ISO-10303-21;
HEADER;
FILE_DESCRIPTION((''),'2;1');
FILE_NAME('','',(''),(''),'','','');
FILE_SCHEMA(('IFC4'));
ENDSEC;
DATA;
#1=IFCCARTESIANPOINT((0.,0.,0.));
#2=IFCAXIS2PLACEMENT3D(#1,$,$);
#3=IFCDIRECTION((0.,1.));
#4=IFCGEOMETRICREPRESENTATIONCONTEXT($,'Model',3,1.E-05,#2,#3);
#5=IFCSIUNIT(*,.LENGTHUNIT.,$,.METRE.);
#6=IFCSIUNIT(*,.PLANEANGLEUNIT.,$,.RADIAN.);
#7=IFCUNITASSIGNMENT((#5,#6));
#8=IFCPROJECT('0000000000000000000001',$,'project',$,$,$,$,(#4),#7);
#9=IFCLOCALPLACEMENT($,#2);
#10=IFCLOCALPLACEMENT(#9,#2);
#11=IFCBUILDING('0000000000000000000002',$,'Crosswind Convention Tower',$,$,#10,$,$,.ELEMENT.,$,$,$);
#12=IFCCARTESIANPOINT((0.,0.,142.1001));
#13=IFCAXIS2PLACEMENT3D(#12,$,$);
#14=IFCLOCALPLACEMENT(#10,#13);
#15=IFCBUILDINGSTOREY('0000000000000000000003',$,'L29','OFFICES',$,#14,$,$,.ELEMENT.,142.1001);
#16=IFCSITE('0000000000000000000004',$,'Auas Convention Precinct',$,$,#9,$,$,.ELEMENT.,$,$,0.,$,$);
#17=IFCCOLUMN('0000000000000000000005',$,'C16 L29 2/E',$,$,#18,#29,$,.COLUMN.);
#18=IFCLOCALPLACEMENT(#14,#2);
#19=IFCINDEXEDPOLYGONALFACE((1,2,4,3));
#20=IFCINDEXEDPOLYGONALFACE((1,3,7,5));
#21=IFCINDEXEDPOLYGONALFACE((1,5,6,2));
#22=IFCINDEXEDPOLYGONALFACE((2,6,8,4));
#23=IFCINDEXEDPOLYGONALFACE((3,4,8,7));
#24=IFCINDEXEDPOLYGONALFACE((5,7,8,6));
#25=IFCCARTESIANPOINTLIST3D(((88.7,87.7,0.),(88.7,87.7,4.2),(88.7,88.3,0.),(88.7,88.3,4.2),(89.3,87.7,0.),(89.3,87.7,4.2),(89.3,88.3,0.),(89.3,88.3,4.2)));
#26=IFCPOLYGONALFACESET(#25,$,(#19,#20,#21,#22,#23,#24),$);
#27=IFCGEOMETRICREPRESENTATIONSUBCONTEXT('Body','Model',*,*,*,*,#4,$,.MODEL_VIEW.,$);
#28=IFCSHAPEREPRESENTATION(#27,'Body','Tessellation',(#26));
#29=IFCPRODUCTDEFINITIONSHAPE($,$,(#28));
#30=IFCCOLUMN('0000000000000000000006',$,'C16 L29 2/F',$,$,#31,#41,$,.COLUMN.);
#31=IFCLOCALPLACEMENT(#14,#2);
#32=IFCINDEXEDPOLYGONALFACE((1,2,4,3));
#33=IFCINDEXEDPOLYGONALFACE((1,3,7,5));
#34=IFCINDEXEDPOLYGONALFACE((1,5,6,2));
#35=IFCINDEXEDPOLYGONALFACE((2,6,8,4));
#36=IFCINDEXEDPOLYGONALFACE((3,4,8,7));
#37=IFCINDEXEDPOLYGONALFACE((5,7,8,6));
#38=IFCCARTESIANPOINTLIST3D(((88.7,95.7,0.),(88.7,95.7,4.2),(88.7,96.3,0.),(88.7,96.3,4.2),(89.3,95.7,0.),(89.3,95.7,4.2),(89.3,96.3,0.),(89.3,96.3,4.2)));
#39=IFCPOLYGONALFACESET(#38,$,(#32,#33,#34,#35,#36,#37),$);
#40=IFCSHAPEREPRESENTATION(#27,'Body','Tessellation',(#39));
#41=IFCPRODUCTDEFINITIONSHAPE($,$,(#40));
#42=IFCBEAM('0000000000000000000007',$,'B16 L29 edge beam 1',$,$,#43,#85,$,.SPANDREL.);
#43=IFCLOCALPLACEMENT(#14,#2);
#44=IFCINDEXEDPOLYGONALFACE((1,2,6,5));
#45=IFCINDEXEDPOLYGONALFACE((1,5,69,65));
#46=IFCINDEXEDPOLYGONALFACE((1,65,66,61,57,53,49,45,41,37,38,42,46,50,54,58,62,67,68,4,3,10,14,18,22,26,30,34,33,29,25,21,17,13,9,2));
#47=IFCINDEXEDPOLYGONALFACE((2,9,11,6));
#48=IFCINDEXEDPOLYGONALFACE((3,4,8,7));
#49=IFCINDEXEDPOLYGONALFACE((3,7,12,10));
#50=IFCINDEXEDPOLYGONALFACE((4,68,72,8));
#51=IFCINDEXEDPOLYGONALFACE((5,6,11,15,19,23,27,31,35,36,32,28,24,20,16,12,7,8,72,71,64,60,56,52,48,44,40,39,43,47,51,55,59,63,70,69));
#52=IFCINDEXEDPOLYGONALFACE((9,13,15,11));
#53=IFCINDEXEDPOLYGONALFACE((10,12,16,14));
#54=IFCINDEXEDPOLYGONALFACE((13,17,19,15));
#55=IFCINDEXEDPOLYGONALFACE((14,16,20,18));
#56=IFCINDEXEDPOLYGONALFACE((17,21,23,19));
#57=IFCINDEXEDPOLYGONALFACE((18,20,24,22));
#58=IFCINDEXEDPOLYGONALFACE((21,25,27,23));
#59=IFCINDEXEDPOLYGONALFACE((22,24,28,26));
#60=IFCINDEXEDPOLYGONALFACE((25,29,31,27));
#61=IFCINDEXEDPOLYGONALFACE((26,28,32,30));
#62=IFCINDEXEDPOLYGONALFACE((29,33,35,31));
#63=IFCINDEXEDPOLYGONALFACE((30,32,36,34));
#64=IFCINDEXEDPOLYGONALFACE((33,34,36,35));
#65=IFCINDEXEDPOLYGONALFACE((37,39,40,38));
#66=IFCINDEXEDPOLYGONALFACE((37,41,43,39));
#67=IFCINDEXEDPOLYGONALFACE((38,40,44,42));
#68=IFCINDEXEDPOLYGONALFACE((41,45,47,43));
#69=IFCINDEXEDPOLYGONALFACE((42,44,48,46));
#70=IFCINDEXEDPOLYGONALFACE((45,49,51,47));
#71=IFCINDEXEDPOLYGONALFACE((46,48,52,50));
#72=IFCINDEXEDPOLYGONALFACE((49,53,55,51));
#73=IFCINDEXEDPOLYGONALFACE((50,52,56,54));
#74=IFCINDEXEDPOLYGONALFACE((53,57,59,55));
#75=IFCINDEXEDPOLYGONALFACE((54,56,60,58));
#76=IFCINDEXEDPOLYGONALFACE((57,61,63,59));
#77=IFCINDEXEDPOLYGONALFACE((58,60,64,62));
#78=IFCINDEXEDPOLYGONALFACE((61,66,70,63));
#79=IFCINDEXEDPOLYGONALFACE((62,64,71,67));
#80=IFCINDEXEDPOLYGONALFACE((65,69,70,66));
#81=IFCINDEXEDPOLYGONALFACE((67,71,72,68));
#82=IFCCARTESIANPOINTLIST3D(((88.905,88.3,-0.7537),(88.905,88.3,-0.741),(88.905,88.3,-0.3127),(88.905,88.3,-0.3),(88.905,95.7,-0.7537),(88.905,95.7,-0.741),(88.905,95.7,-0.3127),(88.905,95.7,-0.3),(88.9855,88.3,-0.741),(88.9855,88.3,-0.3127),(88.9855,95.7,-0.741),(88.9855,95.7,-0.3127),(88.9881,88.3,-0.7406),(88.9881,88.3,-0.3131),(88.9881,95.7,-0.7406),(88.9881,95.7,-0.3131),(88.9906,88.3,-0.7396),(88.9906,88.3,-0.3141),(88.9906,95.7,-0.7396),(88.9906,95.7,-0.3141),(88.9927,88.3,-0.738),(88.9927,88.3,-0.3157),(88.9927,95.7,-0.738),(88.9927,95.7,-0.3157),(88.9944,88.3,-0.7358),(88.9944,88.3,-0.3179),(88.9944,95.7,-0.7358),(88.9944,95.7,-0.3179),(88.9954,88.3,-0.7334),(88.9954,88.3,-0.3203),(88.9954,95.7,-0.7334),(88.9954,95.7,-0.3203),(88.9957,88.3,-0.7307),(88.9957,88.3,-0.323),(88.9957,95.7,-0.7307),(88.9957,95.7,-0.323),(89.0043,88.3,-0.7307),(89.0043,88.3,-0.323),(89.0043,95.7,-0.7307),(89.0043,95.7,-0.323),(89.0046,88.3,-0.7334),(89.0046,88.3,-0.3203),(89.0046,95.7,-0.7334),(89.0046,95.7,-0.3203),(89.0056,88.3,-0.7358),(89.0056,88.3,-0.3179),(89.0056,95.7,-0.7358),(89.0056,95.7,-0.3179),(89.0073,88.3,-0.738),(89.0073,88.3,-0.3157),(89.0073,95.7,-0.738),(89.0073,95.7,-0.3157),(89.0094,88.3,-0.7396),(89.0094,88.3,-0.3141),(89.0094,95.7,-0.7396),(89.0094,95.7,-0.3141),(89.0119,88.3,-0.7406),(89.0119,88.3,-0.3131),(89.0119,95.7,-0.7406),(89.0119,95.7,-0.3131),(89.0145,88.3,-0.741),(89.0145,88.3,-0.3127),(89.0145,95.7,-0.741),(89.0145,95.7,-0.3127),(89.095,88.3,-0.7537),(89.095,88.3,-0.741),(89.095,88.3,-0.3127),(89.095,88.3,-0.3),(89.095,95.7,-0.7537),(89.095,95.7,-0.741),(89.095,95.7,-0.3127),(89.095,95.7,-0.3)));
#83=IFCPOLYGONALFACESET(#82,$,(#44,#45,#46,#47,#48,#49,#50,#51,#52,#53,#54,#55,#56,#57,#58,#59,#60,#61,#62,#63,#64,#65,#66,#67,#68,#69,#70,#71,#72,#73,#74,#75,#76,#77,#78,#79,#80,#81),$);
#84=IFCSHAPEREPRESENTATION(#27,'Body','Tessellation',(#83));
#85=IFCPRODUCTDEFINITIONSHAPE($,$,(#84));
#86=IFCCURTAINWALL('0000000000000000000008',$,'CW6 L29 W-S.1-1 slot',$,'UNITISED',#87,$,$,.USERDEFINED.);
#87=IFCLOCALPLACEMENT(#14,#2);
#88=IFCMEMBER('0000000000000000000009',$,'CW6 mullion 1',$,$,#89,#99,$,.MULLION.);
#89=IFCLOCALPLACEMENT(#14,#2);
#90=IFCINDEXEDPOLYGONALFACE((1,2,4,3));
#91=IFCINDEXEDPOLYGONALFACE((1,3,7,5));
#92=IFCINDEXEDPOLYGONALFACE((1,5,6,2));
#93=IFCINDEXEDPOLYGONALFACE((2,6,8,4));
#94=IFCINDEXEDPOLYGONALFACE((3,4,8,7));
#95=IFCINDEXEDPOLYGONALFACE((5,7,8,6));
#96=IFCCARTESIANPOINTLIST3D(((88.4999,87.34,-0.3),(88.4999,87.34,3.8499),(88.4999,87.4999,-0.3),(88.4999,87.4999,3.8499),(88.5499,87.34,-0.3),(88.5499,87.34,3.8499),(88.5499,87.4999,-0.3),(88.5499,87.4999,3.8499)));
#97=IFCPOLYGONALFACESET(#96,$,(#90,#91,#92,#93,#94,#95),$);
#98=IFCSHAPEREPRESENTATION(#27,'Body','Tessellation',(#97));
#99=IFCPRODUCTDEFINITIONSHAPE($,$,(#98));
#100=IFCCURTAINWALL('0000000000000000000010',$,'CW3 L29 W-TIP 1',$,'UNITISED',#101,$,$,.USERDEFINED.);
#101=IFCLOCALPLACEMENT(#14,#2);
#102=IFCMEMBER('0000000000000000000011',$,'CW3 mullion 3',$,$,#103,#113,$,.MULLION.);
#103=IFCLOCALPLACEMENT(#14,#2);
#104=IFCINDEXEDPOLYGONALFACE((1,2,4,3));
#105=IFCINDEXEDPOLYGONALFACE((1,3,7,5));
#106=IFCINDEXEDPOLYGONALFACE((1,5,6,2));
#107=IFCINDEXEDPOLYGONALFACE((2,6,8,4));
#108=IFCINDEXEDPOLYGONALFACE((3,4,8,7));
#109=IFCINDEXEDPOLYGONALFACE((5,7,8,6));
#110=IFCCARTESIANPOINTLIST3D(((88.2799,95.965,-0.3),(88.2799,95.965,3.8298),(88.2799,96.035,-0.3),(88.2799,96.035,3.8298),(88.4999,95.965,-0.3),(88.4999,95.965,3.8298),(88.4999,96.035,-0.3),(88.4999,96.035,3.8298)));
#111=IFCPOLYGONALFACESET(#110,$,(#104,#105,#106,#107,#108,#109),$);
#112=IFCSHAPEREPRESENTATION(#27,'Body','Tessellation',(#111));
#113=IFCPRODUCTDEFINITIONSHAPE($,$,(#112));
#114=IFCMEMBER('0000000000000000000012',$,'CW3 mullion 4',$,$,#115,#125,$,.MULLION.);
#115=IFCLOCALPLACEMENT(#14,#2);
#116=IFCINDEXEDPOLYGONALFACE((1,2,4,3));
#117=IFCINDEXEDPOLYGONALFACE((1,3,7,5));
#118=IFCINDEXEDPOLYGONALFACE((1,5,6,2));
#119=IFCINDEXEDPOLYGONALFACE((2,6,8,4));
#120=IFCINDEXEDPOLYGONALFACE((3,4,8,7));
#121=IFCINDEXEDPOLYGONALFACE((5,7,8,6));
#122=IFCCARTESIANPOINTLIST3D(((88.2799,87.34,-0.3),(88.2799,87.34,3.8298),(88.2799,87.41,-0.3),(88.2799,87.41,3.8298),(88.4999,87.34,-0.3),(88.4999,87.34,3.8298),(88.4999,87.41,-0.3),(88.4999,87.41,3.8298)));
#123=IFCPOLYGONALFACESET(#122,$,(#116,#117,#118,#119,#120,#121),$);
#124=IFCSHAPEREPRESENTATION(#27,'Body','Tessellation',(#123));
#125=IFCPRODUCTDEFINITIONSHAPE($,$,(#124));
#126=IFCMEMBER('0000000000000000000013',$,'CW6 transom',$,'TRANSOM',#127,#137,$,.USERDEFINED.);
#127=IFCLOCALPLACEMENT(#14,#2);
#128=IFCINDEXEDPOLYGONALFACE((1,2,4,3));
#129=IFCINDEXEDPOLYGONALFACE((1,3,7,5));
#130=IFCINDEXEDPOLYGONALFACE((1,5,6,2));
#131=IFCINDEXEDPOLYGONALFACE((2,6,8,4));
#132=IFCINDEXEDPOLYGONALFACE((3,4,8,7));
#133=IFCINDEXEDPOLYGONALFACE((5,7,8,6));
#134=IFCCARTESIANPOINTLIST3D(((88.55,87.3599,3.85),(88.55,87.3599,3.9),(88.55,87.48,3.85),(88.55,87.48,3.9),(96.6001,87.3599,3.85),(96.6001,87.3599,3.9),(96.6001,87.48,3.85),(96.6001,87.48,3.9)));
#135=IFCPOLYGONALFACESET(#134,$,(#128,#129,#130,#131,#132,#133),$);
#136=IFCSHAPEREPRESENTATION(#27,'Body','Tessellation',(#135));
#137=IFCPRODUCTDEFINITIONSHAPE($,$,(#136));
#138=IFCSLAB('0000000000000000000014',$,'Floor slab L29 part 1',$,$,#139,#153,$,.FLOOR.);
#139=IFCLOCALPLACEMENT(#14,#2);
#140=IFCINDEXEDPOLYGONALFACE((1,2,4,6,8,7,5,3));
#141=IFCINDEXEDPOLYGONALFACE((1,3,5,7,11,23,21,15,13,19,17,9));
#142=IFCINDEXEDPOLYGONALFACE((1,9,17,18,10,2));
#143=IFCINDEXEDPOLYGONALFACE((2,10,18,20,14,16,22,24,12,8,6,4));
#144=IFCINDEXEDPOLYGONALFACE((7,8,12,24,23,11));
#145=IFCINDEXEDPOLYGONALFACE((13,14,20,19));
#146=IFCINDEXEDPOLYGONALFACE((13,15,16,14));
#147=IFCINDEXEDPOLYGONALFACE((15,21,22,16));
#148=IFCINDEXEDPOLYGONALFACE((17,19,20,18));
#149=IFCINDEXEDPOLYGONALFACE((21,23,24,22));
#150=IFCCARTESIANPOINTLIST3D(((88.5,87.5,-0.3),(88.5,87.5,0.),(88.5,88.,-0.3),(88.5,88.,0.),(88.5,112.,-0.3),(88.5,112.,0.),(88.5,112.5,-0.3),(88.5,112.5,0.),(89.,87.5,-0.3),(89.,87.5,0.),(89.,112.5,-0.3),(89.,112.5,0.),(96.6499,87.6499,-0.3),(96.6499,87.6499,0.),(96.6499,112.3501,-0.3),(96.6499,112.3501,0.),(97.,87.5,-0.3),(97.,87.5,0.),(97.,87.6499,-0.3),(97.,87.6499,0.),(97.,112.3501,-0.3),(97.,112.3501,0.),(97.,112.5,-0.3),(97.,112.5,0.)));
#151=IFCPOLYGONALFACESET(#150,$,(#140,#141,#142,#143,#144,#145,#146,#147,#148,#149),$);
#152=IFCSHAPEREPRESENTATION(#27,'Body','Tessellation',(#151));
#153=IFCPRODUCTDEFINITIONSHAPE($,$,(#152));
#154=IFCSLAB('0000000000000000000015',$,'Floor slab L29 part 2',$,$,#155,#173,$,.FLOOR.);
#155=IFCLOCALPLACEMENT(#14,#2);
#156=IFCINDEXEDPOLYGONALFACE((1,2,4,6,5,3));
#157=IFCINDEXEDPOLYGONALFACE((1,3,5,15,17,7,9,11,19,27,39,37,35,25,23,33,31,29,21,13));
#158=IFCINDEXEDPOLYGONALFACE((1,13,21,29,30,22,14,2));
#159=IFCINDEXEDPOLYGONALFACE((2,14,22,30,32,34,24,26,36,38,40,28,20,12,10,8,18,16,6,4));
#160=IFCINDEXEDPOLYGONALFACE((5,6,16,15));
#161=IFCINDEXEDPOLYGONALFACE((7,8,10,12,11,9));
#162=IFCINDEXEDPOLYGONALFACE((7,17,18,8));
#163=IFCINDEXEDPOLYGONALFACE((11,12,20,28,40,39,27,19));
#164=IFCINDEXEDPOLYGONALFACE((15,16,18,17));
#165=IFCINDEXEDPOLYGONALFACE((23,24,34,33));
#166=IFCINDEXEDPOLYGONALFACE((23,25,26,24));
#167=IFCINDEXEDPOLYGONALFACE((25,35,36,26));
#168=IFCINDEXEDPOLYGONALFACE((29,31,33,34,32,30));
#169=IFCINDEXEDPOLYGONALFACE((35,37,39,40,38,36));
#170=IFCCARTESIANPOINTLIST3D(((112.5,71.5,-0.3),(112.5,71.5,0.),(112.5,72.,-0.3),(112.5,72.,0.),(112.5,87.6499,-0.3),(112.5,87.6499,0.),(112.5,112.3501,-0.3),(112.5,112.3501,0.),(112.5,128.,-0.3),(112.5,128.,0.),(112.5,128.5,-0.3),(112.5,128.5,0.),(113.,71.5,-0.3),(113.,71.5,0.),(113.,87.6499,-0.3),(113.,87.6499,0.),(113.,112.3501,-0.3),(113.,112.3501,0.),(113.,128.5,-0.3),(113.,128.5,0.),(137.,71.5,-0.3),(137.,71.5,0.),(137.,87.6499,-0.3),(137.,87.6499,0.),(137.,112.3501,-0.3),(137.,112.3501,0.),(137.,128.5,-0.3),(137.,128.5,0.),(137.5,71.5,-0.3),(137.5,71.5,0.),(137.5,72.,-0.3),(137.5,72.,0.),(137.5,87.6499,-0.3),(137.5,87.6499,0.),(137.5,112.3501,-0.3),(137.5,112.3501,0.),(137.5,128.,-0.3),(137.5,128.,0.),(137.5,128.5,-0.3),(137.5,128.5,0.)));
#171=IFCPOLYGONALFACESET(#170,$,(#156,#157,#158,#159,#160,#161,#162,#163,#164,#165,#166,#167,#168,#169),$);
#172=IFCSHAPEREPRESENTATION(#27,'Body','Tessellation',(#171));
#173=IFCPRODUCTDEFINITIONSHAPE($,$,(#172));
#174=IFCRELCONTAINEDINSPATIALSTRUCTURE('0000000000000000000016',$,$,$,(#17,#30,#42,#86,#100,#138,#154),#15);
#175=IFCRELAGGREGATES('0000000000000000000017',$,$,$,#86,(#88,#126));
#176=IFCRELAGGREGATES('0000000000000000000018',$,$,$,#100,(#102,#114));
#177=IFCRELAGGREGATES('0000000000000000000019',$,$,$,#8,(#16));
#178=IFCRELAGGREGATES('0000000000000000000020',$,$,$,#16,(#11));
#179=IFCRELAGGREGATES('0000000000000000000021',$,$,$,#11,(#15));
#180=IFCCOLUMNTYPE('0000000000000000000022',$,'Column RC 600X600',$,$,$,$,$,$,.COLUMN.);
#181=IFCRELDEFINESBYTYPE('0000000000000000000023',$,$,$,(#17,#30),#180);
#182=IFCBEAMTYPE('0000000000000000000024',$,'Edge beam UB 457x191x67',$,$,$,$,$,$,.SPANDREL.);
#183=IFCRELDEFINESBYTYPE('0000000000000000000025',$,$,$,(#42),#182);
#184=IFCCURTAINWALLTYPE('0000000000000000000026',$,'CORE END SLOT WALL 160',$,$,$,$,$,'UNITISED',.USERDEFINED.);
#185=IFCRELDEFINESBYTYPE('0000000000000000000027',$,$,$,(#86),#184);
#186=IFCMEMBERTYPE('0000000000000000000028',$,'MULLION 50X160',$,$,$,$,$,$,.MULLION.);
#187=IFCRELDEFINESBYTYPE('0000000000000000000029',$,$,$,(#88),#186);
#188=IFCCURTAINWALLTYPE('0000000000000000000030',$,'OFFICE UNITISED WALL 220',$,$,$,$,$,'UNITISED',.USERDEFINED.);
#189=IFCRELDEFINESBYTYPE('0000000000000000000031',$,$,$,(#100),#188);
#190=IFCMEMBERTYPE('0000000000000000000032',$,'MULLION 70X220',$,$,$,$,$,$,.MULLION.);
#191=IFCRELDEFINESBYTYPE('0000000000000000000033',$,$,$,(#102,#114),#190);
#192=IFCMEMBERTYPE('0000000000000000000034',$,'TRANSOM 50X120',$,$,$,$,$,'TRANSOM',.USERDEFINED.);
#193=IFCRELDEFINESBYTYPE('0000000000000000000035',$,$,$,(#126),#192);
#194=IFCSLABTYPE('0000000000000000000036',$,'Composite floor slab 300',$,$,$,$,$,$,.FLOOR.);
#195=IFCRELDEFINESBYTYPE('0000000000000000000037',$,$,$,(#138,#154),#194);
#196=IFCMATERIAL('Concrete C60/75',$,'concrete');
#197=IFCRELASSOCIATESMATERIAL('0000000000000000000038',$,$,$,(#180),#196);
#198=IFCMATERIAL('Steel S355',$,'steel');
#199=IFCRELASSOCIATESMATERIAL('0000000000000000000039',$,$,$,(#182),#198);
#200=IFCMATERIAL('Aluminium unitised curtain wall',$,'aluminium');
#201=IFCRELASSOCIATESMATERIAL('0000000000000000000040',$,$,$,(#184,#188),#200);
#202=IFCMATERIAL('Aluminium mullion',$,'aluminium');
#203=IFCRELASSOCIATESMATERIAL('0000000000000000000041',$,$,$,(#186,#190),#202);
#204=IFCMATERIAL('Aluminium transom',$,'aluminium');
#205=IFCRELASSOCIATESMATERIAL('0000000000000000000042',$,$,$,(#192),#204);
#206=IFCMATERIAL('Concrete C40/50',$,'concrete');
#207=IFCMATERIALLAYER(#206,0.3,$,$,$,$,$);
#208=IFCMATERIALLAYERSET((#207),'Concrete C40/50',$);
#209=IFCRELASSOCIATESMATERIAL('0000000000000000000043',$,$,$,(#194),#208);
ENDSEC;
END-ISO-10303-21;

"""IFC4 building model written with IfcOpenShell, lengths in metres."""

from ifc_helpers import new_model, si_unit, direction, frame, origin, origin_2d, place, context, subcontext, project, spatial, polyline, rectangle, i_section, outline, extrude, material, layer, layer_set, material_profile, profile_set, type_object, element, aggregate, save


model = new_model("IFC4")

# Units and contexts
model_context = context("Model", 3, precision=1e-05, world=origin(), true_north=direction((0.0, 1.0)))
body_context = subcontext(model_context, "Body", "Model", "MODEL_VIEW")
ifc_project = project(units=[si_unit("LENGTHUNIT", "METRE"), si_unit("PLANEANGLEUNIT", "RADIAN")], contexts=[model_context])

# Site, building, storey
site_placement = place(None, origin())
site = spatial("IfcSite", under=ifc_project, at=site_placement, Name="Auas Convention Precinct", CompositionType="ELEMENT", RefElevation=0.0)
building_placement = place(site_placement, origin())
building = spatial("IfcBuilding", under=site, at=building_placement, Name="Crosswind Convention Tower", CompositionType="ELEMENT")
storey_placement = place(building_placement, frame((0.0, 0.0, 142.1001)))
storey = spatial("IfcBuildingStorey", under=building, at=storey_placement, Name="L29", Description="OFFICES", CompositionType="ELEMENT", Elevation=142.1001)

# Columns
ifc_material_1 = material(Name="Concrete C60/75", Category="concrete")
ifc_material_profile_1 = material_profile(ifc_material_1, rectangle(XDim=0.6001, YDim=0.6001, at=origin_2d()), Name="RC 600X600")
ifc_profile_set_1 = profile_set([ifc_material_profile_1], Name="Concrete C60/75")
column_type = type_object("IfcColumnType", Name="Column RC 600X600", PredefinedType="COLUMN", material=ifc_profile_set_1)
for number, where, z_axis, x_axis, name in (
    (1, (89.0, 88.0, 0.0), (0.0, 0.0, 1.0), (1.0, 0.0, 0.0), "C16 L29 2/E"),
    (2, (89.0, 96.0, 0.0), (0.0, 0.0, 1.0), (1.0, 0.0, 0.0), "C16 L29 2/F"),
):
    element("IfcColumn", number, at=place(storey_placement, frame(where, z_axis=z_axis, x_axis=x_axis)), inside=storey, type_object=column_type, Name=name, PredefinedType="COLUMN", context=body_context, shape_type="SweptSolid", body=[
        extrude(rectangle(XDim=0.6001, YDim=0.6001, at=origin_2d()), origin(), (0.0, 0.0, 1.0), 4.2),
    ])

# Beam
ifc_material_2 = material(Name="Steel S355", Category="steel")
ifc_material_profile_2 = material_profile(ifc_material_2, i_section(OverallWidth=0.1899, OverallDepth=0.4536, WebThickness=0.0085, FlangeThickness=0.0127, FilletRadius=0.0103, at=origin_2d()), Name="UB 457x191x67")
ifc_profile_set_2 = profile_set([ifc_material_profile_2], Name="Steel S355")
beam_type = type_object("IfcBeamType", Name="Edge beam UB 457x191x67", PredefinedType="SPANDREL", material=ifc_profile_set_2)
beam_placement = place(storey_placement, frame((89.0, 88.3, -0.5269), z_axis=(0.0, 1.0, 0.0), x_axis=(-1.0, 0.0, 0.0)))
element("IfcBeam", 3, at=beam_placement, inside=storey, type_object=beam_type, Name="B16 L29 edge beam 1", PredefinedType="SPANDREL", context=body_context, shape_type="SweptSolid", body=[
    extrude(i_section(OverallWidth=0.1899, OverallDepth=0.4536, WebThickness=0.0085, FlangeThickness=0.0127, FilletRadius=0.0103, at=origin_2d()), origin(), (0.0, 0.0, 1.0), 7.3999),
])

# Curtain wall, member
ifc_material_3 = material(Name="Aluminium unitised curtain wall", Category="aluminium")
curtain_wall_type_1 = type_object("IfcCurtainWallType", Name="CORE END SLOT WALL 160", ElementType="UNITISED", PredefinedType="USERDEFINED", material=ifc_material_3)
curtain_wall_1_placement = place(storey_placement, origin())
curtain_wall_1 = element("IfcCurtainWall", 4, at=curtain_wall_1_placement, inside=storey, type_object=curtain_wall_type_1, Name="CW6 L29 W-S.1-1 slot", ObjectType="UNITISED", PredefinedType="USERDEFINED")
ifc_material_4 = material(Name="Aluminium mullion", Category="aluminium")
ifc_material_profile_3 = material_profile(ifc_material_4, rectangle(XDim=0.1599, YDim=0.05, at=origin_2d()), Name="AL 160X50")
ifc_profile_set_3 = profile_set([ifc_material_profile_3], Name="Aluminium mullion")
member_type_1 = type_object("IfcMemberType", Name="MULLION 50X160", PredefinedType="MULLION", material=ifc_profile_set_3)
member_1_placement = place(storey_placement, frame((88.5249, 87.4199, -0.3), z_axis=(0.0, 0.0, 1.0), x_axis=(0.0, -1.0, 0.0)))
member_1 = element("IfcMember", 5, at=member_1_placement, type_object=member_type_1, Name="CW6 mullion 1", PredefinedType="MULLION", context=body_context, shape_type="SweptSolid", body=[
    extrude(rectangle(XDim=0.1599, YDim=0.05, at=origin_2d()), origin(), (0.0, 0.0, 1.0), 4.1499),
])

# Curtain wall, members
curtain_wall_type_2 = type_object("IfcCurtainWallType", Name="OFFICE UNITISED WALL 220", ElementType="UNITISED", PredefinedType="USERDEFINED", material=ifc_material_3)
curtain_wall_2_placement = place(storey_placement, origin())
curtain_wall_2 = element("IfcCurtainWall", 6, at=curtain_wall_2_placement, inside=storey, type_object=curtain_wall_type_2, Name="CW3 L29 W-TIP 1", ObjectType="UNITISED", PredefinedType="USERDEFINED")
ifc_material_profile_4 = material_profile(ifc_material_4, rectangle(XDim=0.22, YDim=0.0701, at=origin_2d()), Name="AL 220X70")
ifc_profile_set_4 = profile_set([ifc_material_profile_4], Name="Aluminium mullion")
member_type_2 = type_object("IfcMemberType", Name="MULLION 70X220", PredefinedType="MULLION", material=ifc_profile_set_4)
member_2_placement = place(storey_placement, frame((88.3899, 96.0, -0.3), z_axis=(0.0, 0.0, 1.0), x_axis=(-1.0, 0.0, 0.0)))
member_2 = element("IfcMember", 7, at=member_2_placement, type_object=member_type_2, Name="CW3 mullion 3", PredefinedType="MULLION", context=body_context, shape_type="SweptSolid", body=[
    extrude(rectangle(XDim=0.22, YDim=0.0701, at=origin_2d()), origin(), (0.0, 0.0, 1.0), 4.1299),
])
member_3_placement = place(storey_placement, frame((88.3899, 87.375, -0.3), z_axis=(0.0, 0.0, 1.0), x_axis=(-1.0, 0.0, 0.0)))
member_3 = element("IfcMember", 8, at=member_3_placement, type_object=member_type_2, Name="CW3 mullion 4", PredefinedType="MULLION", context=body_context, shape_type="SweptSolid", body=[
    extrude(rectangle(XDim=0.22, YDim=0.0701, at=origin_2d()), origin(), (0.0, 0.0, 1.0), 4.1299),
])

# Member
ifc_material_5 = material(Name="Aluminium transom", Category="aluminium")
ifc_material_profile_5 = material_profile(ifc_material_5, rectangle(XDim=0.1201, YDim=0.05, at=origin_2d()), Name="AL 120X50")
ifc_profile_set_5 = profile_set([ifc_material_profile_5], Name="Aluminium transom")
member_type_3 = type_object("IfcMemberType", Name="TRANSOM 50X120", ElementType="TRANSOM", PredefinedType="USERDEFINED", material=ifc_profile_set_5)
member_4_placement = place(storey_placement, frame((88.55, 87.4199, 3.875), z_axis=(1.0, 0.0, 0.0), x_axis=(0.0, 1.0, 0.0)))
member_4 = element("IfcMember", 9, at=member_4_placement, type_object=member_type_3, Name="CW6 transom", ObjectType="TRANSOM", PredefinedType="USERDEFINED", context=body_context, shape_type="SweptSolid", body=[
    extrude(rectangle(XDim=0.1201, YDim=0.05, at=origin_2d()), origin(), (0.0, 0.0, 1.0), 8.05),
])

# Slabs
ifc_material_6 = material(Name="Concrete C40/50", Category="concrete")
ifc_layer_1 = layer(ifc_material_6, 0.3)
ifc_layer_set_1 = layer_set([ifc_layer_1], Name="Concrete C40/50")
slab_type_1 = type_object("IfcSlabType", Name="Composite floor slab 300", PredefinedType="FLOOR", material=ifc_layer_set_1)
slab_1_placement = place(storey_placement, frame((0.0, 0.0, -0.3)))
element("IfcSlab", 10, at=slab_1_placement, inside=storey, type_object=slab_type_1, Name="Floor slab L29 part 1", PredefinedType="FLOOR", context=body_context, shape_type="SweptSolid", body=[
    extrude(outline(polyline([(97.0, 87.5), (89.0, 87.5), (88.5, 87.5), (88.5, 88.0), (88.5, 112.0), (88.5, 112.5), (89.0, 112.5), (97.0, 112.5), (97.0, 112.3501), (96.6499, 112.3501), (96.6499, 87.6499), (97.0, 87.6499), (97.0, 87.5)])), origin(), (0.0, 0.0, 1.0), 0.3),
])
slab_2_placement = place(storey_placement, frame((0.0, 0.0, -0.3)))
element("IfcSlab", 11, at=slab_2_placement, inside=storey, type_object=slab_type_1, Name="Floor slab L29 part 2", PredefinedType="FLOOR", context=body_context, shape_type="SweptSolid", body=[
    extrude(outline(polyline([(112.5, 87.6499), (113.0, 87.6499), (113.0, 112.3501), (112.5, 112.3501), (112.5, 128.0), (112.5, 128.5), (113.0, 128.5), (137.0, 128.5), (137.5, 128.5), (137.5, 128.0), (137.5, 112.3501), (137.0, 112.3501), (137.0, 87.6499), (137.5, 87.6499), (137.5, 72.0), (137.5, 71.5), (137.0, 71.5), (113.0, 71.5), (112.5, 71.5), (112.5, 72.0), (112.5, 87.6499)])), origin(), (0.0, 0.0, 1.0), 0.3),
])

aggregate(curtain_wall_1, [member_1, member_4])
aggregate(curtain_wall_2, [member_2, member_3])

save(model, "model.ifc")
